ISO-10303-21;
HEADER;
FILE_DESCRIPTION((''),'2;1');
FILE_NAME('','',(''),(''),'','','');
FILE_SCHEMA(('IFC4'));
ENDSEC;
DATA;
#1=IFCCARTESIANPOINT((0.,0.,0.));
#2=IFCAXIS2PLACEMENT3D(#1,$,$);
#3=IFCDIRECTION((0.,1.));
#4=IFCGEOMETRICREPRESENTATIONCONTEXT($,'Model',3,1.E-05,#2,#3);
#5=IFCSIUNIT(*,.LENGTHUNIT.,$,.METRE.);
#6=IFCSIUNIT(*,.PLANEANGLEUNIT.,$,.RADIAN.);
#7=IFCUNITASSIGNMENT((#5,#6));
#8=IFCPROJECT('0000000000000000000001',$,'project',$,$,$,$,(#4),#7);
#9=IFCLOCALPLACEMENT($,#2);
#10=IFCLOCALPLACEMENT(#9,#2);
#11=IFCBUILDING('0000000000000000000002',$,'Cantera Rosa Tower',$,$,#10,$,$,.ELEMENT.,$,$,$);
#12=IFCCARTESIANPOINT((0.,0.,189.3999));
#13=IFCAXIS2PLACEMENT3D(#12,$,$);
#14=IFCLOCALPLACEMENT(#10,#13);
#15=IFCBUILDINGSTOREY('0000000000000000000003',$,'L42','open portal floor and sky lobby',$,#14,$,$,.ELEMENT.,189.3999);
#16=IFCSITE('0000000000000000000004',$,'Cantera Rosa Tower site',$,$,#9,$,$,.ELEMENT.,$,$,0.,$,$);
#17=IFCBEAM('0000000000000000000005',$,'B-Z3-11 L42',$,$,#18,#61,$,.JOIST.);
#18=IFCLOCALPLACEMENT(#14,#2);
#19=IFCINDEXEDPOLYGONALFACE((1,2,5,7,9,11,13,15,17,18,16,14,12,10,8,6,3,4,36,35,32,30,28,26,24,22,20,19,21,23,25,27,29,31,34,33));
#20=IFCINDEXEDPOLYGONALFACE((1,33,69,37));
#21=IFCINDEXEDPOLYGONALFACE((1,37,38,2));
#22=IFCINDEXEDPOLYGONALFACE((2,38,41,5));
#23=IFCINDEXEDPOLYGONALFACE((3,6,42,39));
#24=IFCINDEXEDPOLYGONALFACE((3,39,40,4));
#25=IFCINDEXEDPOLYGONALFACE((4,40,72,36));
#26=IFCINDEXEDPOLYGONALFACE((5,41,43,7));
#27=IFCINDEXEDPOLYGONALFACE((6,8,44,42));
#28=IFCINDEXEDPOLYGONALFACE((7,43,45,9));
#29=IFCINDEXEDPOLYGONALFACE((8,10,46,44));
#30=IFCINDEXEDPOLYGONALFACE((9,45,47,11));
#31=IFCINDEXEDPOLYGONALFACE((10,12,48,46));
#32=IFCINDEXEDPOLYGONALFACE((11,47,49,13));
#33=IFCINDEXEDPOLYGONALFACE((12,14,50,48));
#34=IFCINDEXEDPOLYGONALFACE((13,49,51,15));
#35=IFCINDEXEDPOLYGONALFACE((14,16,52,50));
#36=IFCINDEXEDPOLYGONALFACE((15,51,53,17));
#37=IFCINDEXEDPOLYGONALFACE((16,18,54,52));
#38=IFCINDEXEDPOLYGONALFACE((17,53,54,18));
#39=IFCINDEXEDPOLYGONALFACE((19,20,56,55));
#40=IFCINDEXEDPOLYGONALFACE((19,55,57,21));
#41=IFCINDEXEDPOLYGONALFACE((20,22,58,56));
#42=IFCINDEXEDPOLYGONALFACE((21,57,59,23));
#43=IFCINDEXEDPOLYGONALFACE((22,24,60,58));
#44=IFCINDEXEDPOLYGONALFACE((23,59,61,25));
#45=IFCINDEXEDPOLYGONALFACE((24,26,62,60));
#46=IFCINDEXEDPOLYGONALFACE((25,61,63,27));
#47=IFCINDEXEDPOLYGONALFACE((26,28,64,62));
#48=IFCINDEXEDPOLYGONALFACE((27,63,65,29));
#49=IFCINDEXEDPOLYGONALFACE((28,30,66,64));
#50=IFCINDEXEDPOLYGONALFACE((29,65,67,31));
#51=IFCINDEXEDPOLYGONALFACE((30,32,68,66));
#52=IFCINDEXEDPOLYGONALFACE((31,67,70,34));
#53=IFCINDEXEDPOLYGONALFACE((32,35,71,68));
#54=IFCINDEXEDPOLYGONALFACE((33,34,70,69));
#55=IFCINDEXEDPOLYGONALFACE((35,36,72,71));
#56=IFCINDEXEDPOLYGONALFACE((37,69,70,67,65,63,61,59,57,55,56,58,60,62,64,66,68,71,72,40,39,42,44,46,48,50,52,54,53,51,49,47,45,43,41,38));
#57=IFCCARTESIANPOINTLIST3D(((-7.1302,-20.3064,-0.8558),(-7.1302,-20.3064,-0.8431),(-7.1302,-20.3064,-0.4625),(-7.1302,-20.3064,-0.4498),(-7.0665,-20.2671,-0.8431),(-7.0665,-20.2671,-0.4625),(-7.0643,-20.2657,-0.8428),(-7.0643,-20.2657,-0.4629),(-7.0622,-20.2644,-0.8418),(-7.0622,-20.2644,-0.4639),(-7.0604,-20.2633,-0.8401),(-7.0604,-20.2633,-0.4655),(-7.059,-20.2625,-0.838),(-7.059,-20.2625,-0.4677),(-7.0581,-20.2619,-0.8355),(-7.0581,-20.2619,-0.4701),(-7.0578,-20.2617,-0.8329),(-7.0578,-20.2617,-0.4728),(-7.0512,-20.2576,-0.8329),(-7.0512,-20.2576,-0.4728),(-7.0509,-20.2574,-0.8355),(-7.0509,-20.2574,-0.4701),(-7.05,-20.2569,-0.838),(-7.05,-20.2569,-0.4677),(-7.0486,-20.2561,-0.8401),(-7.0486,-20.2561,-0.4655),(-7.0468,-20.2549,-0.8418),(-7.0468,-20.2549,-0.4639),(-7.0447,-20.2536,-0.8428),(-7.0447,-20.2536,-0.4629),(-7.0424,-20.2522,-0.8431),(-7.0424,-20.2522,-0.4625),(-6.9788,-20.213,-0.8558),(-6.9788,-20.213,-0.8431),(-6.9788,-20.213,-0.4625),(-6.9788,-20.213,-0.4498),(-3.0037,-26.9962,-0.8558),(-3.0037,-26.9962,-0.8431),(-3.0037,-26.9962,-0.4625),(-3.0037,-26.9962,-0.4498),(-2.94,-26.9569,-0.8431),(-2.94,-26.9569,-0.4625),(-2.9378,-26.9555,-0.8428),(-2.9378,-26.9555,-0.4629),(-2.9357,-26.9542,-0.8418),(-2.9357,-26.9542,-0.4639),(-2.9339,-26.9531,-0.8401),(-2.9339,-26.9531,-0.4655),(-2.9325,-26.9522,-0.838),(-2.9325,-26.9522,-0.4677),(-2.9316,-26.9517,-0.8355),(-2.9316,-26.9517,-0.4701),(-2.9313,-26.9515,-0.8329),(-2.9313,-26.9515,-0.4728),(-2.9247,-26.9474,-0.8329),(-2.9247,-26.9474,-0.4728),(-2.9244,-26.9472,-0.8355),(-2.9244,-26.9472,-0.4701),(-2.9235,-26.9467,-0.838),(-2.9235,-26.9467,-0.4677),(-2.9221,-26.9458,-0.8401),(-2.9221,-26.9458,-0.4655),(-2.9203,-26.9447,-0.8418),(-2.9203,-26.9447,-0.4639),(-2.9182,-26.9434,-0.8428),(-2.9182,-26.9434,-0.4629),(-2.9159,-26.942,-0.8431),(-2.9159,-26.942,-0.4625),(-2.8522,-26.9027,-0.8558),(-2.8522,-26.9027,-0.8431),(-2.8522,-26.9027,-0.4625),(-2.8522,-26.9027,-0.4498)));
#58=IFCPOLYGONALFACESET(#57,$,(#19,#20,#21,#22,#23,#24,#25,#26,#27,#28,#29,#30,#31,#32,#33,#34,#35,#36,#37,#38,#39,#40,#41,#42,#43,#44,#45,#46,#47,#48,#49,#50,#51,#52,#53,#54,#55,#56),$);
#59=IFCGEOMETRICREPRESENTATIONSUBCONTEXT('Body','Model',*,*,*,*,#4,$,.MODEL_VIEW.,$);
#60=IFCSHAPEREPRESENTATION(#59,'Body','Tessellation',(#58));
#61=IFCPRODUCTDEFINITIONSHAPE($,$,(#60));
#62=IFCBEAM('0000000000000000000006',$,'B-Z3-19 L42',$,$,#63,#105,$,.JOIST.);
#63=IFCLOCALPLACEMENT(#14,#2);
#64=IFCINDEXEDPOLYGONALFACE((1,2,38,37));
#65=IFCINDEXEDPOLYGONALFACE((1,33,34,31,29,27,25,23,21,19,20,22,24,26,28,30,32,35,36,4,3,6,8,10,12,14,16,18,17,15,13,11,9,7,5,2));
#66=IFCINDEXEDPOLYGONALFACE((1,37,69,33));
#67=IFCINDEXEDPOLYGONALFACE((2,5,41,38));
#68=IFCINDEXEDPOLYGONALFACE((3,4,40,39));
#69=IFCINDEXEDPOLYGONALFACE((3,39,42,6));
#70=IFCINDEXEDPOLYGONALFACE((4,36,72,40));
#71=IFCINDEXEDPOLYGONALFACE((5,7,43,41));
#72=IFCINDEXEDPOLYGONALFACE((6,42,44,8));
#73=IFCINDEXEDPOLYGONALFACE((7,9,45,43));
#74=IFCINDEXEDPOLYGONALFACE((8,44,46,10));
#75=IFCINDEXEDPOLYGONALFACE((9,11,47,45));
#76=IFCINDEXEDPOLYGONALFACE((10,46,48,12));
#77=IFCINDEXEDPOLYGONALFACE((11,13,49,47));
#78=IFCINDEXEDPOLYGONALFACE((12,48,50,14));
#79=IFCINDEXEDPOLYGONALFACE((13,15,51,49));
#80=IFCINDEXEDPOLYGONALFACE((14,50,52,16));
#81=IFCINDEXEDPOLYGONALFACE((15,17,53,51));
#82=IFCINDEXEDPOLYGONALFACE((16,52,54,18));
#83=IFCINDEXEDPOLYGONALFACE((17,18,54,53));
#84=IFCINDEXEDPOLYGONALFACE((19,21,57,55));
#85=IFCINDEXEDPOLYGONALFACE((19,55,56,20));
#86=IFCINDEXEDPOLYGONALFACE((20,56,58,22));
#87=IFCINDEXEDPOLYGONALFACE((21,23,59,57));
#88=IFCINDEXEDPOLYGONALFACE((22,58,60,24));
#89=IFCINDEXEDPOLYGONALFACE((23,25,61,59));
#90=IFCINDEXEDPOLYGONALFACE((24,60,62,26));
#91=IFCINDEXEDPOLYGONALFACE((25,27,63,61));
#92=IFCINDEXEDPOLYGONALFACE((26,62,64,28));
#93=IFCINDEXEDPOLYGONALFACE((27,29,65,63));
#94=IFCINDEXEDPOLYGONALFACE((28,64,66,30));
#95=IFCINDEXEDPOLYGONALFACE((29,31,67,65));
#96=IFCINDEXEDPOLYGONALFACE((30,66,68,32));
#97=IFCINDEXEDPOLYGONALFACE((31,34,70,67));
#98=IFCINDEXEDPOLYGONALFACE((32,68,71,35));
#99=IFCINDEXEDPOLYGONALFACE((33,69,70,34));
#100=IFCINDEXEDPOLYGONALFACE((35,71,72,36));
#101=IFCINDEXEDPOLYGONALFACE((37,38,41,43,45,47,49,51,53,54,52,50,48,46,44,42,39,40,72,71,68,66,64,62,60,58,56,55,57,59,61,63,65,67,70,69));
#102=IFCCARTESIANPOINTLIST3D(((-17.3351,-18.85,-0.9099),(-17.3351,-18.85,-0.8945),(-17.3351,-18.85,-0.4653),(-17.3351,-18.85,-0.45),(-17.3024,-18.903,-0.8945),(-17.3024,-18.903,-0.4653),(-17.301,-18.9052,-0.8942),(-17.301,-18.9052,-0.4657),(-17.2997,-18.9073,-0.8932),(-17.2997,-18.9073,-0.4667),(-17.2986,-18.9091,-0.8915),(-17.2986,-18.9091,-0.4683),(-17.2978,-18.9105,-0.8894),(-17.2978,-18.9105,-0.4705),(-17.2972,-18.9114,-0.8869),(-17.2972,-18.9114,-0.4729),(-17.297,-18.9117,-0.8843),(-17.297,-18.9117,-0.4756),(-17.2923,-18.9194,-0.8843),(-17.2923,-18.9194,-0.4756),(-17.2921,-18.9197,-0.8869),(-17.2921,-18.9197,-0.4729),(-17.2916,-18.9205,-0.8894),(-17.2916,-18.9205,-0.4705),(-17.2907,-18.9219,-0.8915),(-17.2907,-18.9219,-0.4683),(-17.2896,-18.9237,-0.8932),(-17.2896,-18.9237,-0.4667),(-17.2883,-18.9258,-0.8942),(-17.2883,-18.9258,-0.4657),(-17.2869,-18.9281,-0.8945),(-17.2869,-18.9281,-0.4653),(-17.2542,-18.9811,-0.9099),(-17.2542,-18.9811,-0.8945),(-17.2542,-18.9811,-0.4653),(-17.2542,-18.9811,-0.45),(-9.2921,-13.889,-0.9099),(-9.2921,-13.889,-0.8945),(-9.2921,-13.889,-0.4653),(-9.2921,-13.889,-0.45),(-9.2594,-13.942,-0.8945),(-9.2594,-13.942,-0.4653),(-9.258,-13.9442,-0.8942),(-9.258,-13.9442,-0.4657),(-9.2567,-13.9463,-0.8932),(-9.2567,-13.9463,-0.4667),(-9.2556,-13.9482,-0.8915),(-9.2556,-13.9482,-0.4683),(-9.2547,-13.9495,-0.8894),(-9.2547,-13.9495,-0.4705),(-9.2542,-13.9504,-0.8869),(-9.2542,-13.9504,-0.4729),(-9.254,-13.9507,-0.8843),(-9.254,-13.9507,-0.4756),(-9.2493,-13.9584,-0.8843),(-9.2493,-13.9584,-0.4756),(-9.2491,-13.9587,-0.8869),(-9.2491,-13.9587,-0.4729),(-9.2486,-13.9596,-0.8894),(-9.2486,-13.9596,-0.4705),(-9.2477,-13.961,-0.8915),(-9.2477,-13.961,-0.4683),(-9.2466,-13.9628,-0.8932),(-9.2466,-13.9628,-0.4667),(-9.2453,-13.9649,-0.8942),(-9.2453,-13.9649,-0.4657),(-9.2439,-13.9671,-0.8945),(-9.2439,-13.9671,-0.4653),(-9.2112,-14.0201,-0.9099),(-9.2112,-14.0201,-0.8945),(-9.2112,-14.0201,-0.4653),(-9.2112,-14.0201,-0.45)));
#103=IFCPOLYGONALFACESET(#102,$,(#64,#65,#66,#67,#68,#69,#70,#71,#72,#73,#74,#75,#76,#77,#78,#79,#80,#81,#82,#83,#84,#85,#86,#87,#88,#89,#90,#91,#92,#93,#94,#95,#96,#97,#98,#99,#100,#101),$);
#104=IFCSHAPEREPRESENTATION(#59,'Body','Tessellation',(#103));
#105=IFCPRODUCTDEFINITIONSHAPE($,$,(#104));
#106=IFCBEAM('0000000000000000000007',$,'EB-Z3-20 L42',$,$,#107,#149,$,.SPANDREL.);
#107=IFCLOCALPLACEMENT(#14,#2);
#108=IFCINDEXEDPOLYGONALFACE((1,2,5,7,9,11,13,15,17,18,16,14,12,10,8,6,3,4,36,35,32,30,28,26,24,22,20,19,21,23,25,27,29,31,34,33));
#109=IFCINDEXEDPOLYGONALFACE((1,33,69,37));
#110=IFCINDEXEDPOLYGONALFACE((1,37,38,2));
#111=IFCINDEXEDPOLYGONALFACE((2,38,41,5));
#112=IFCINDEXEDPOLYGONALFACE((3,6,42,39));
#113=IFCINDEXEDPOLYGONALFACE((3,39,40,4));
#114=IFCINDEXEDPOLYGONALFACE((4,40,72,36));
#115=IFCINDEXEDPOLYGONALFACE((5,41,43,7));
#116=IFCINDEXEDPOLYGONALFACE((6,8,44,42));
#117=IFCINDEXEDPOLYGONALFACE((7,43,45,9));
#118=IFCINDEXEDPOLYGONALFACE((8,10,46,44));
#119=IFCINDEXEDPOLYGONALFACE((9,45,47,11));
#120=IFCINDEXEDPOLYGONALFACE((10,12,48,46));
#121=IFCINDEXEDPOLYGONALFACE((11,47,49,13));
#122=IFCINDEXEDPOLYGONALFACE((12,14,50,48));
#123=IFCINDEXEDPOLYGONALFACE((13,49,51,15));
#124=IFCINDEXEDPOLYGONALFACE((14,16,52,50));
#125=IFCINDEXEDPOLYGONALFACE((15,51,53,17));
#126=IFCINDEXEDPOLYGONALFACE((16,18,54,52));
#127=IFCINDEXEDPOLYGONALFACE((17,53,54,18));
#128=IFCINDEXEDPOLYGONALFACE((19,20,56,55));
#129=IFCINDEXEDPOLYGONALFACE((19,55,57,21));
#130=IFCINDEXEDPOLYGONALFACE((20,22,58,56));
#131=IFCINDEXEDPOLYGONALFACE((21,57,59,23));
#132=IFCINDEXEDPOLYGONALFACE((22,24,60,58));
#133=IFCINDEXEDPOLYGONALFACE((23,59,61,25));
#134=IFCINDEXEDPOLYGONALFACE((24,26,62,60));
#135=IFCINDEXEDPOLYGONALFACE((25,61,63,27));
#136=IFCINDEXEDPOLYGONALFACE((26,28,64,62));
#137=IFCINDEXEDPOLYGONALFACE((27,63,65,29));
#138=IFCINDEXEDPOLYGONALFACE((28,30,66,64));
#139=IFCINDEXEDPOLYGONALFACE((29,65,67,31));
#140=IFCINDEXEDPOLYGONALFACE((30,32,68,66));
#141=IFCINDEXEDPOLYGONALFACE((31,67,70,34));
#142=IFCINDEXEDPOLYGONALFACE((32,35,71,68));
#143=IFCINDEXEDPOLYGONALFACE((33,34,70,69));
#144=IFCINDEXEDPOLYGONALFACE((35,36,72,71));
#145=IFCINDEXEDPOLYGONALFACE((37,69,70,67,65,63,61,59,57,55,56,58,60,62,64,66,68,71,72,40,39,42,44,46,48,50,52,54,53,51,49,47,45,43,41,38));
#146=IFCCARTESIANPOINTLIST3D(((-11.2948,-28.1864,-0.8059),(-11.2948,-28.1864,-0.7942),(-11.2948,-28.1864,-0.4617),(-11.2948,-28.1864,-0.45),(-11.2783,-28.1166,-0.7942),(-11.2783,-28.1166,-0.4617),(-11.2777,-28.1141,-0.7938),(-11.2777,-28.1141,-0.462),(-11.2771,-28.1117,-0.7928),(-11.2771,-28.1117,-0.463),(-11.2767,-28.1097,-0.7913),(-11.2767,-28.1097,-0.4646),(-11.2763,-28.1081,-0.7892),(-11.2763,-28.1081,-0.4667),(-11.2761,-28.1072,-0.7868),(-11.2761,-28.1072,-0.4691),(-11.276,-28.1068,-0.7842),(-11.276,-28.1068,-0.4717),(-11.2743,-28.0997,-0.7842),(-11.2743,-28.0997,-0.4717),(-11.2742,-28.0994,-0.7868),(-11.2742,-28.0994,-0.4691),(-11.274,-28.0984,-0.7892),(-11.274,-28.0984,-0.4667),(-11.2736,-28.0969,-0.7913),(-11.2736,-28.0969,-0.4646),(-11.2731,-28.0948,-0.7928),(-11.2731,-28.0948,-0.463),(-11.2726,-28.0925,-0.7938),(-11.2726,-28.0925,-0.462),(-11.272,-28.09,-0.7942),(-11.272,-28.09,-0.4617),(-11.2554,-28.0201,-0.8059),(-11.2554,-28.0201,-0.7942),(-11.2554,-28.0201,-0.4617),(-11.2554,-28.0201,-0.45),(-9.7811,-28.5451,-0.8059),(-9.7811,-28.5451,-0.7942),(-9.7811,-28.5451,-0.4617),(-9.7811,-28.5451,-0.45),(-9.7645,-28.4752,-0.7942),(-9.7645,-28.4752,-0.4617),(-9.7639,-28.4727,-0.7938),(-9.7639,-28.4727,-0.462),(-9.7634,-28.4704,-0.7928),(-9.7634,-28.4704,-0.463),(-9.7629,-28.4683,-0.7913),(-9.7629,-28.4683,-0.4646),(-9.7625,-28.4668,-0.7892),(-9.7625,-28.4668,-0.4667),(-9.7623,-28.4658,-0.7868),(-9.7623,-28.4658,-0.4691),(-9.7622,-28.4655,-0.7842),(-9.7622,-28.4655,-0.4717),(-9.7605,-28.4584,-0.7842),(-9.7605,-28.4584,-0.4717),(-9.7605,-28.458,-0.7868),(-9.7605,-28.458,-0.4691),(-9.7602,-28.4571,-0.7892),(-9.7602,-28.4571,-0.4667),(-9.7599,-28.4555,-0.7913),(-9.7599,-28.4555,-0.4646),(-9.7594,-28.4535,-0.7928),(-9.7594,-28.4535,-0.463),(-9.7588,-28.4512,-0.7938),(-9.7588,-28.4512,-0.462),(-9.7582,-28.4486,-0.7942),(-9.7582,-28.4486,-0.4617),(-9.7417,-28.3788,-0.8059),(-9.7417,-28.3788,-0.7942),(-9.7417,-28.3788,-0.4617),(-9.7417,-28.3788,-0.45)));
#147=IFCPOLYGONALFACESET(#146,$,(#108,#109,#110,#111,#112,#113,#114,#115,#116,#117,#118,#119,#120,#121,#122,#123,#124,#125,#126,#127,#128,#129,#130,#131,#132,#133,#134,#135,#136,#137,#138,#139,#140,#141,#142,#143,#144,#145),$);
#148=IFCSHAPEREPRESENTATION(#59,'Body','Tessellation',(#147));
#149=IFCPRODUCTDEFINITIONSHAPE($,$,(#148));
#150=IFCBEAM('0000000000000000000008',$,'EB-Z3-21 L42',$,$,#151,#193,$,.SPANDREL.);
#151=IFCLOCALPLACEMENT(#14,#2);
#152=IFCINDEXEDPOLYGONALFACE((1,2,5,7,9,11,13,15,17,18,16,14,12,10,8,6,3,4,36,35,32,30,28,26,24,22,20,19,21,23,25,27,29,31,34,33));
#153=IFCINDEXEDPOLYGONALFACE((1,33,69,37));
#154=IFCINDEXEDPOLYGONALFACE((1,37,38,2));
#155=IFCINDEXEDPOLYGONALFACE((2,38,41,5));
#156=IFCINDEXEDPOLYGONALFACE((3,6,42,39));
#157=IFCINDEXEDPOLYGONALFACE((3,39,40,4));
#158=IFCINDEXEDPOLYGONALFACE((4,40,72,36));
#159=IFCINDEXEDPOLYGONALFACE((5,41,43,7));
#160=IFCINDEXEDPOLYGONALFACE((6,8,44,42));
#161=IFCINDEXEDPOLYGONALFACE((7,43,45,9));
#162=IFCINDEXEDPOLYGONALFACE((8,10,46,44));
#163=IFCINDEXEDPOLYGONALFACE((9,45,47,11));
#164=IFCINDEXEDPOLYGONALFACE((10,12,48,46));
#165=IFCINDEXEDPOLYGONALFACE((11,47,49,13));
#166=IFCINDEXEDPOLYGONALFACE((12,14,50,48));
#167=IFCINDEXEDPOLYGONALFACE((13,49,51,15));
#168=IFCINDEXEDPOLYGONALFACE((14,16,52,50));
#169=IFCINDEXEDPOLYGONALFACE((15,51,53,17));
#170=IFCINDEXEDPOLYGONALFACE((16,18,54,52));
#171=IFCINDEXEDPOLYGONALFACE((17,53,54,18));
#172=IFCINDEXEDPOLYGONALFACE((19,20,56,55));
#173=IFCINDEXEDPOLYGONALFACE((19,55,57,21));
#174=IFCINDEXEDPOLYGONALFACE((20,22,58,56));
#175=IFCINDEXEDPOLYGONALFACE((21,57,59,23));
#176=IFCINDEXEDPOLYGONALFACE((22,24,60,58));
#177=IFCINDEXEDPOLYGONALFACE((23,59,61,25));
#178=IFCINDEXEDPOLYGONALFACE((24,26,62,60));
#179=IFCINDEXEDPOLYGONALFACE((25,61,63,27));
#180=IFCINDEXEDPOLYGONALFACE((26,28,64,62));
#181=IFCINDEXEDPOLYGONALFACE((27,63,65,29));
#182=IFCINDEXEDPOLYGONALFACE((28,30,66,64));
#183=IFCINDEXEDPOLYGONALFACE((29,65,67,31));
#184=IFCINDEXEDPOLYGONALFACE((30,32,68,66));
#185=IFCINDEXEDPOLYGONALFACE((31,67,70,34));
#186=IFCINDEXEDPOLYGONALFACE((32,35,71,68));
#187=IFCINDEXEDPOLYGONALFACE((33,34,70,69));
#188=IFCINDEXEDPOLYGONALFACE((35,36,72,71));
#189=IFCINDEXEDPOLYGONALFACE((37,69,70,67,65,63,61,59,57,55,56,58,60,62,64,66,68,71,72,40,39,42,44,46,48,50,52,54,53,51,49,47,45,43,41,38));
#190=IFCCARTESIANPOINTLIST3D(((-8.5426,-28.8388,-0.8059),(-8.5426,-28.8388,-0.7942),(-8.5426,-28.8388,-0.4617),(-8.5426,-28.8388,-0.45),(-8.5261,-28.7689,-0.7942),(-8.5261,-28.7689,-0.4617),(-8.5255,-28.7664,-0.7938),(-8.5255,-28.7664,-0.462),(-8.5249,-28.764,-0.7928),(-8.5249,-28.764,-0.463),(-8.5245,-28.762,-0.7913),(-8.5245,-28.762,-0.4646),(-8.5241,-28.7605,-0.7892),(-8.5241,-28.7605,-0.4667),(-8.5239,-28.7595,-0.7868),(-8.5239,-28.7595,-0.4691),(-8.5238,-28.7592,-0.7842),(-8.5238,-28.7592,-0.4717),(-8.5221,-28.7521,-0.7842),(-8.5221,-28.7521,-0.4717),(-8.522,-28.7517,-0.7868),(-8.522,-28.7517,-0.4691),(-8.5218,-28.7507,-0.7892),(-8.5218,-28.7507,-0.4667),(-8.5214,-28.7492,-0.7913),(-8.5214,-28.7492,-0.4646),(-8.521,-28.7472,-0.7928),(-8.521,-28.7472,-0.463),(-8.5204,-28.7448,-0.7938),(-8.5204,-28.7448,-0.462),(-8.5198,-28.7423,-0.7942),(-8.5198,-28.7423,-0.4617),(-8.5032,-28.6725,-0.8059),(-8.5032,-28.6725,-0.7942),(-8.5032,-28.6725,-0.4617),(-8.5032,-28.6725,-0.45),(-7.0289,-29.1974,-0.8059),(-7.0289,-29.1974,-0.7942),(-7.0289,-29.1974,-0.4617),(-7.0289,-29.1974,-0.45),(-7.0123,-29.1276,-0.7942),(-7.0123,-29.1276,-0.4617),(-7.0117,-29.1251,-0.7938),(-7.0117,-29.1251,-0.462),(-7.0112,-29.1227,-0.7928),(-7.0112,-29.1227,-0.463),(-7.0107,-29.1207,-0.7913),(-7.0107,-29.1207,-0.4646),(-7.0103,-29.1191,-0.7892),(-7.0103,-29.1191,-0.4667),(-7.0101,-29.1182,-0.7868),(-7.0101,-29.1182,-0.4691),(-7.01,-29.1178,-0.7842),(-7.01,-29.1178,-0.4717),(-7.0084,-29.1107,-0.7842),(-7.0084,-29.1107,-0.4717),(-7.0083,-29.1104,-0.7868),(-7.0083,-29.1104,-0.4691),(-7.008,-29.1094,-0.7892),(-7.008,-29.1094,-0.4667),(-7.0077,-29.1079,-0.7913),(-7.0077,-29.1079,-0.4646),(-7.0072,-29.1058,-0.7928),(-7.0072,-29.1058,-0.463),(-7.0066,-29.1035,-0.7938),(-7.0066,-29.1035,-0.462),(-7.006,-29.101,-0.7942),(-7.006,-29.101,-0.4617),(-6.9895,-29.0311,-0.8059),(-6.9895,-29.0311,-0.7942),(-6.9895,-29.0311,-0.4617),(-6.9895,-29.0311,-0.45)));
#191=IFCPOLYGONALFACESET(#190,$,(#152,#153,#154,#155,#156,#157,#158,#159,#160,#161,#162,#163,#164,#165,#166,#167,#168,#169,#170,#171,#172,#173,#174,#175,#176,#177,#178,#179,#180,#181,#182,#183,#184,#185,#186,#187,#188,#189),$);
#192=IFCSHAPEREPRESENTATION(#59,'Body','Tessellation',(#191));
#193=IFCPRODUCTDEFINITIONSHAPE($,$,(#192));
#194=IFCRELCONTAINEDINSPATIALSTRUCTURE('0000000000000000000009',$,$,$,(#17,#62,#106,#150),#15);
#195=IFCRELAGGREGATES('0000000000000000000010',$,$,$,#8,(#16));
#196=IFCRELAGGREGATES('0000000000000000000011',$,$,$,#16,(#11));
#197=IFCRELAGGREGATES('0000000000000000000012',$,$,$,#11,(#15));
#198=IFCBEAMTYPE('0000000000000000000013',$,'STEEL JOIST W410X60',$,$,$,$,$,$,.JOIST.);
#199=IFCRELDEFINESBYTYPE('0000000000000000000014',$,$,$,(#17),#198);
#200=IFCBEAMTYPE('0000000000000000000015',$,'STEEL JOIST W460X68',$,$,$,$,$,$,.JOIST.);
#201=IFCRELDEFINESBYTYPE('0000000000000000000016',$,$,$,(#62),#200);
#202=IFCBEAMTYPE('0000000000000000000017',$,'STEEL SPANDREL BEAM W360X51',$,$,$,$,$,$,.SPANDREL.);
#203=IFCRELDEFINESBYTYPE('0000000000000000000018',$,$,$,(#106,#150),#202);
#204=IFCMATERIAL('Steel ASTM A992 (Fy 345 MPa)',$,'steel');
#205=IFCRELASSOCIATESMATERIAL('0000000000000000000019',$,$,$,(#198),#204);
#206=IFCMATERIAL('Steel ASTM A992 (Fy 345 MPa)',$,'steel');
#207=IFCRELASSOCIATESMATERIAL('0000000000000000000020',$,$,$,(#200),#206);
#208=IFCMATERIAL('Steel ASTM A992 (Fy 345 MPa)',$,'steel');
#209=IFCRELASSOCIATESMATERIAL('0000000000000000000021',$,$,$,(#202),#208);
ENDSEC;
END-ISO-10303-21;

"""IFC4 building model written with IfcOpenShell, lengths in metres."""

from ifc_helpers import new_model, si_unit, direction, frame, origin, origin_2d, place, context, subcontext, project, spatial, i_section, extrude, material, material_profile, profile_set, type_object, element, save


model = new_model("IFC4")

# Units and contexts
model_context = context("Model", 3, precision=1e-05, world=origin(), true_north=direction((0.0, 1.0)))
body_context = subcontext(model_context, "Body", "Model", "MODEL_VIEW")
ifc_project = project(units=[si_unit("LENGTHUNIT", "METRE"), si_unit("PLANEANGLEUNIT", "RADIAN")], contexts=[model_context])

# Site, building, storey
site_placement = place(None, origin())
site = spatial("IfcSite", under=ifc_project, at=site_placement, Name="Cantera Rosa Tower site", CompositionType="ELEMENT", RefElevation=0.0)
building_placement = place(site_placement, origin())
building = spatial("IfcBuilding", under=site, at=building_placement, Name="Cantera Rosa Tower", CompositionType="ELEMENT")
storey_placement = place(building_placement, frame((0.0, 0.0, 189.3999)))
storey = spatial("IfcBuildingStorey", under=building, at=storey_placement, Name="L42", Description="open portal floor and sky lobby", CompositionType="ELEMENT", Elevation=189.3999)

# Beams
ifc_material_1 = material(Name="Steel ASTM A992 (Fy 345 MPa)", Category="steel")
ifc_material_profile_1 = material_profile(ifc_material_1, i_section(OverallWidth=0.178, OverallDepth=0.406, WebThickness=0.0078, FlangeThickness=0.0127, FilletRadius=0.0103, at=origin_2d()), Name="W410X60")
ifc_profile_set_1 = profile_set([ifc_material_profile_1], Name="Steel ASTM A992 (Fy 345 MPa)")
beam_type_1 = type_object("IfcBeamType", Name="STEEL JOIST W410X60", PredefinedType="JOIST", material=ifc_profile_set_1)
beam_1_placement = place(storey_placement, frame((-2.928, -26.9495, -0.6528), z_axis=(-0.524995, 0.851105, 0.0), x_axis=(-0.851105, -0.524995, 0.0)))
element("IfcBeam", 1, at=beam_1_placement, inside=storey, type_object=beam_type_1, Name="B-Z3-11 L42", PredefinedType="JOIST", context=body_context, shape_type="SweptSolid", body=[
    extrude(i_section(OverallWidth=0.178, OverallDepth=0.406, WebThickness=0.0078, FlangeThickness=0.0127, FilletRadius=0.0103, at=origin_2d()), origin(), (0.0, 0.0, 1.0), 7.8601),
])
ifc_material_2 = material(Name="Steel ASTM A992 (Fy 345 MPa)", Category="steel")
ifc_material_profile_2 = material_profile(ifc_material_2, i_section(OverallWidth=0.1541, OverallDepth=0.46, WebThickness=0.009, FlangeThickness=0.0154, FilletRadius=0.0103, at=origin_2d()), Name="W460X68")
ifc_profile_set_2 = profile_set([ifc_material_profile_2], Name="Steel ASTM A992 (Fy 345 MPa)")
beam_type_2 = type_object("IfcBeamType", Name="STEEL JOIST W460X68", PredefinedType="JOIST", material=ifc_profile_set_2)
beam_2_placement = place(storey_placement, frame((-17.2947, -18.9155, -0.6799), z_axis=(0.851119, 0.524974, 0.0), x_axis=(-0.524974, 0.851119, 0.0)))
element("IfcBeam", 2, at=beam_2_placement, inside=storey, type_object=beam_type_2, Name="B-Z3-19 L42", PredefinedType="JOIST", context=body_context, shape_type="SweptSolid", body=[
    extrude(i_section(OverallWidth=0.1541, OverallDepth=0.46, WebThickness=0.009, FlangeThickness=0.0154, FilletRadius=0.0103, at=origin_2d()), origin(), (0.0, 0.0, 1.0), 9.45),
])
ifc_material_3 = material(Name="Steel ASTM A992 (Fy 345 MPa)", Category="steel")
ifc_material_profile_3 = material_profile(ifc_material_3, i_section(OverallWidth=0.1709, OverallDepth=0.356, WebThickness=0.0073, FlangeThickness=0.0117, FilletRadius=0.01, at=origin_2d()), Name="W360X51")
ifc_profile_set_3 = profile_set([ifc_material_profile_3], Name="Steel ASTM A992 (Fy 345 MPa)")
beam_type_3 = type_object("IfcBeamType", Name="STEEL SPANDREL BEAM W360X51", PredefinedType="SPANDREL", material=ifc_profile_set_3)
for number, where, z_axis, x_axis, name in (
    (3, (-11.2751, -28.1033, -0.6279), (0.97306, -0.230552, 0.0), (0.230552, 0.97306, 0.0), "EB-Z3-20 L42"),
    (4, (-8.5229, -28.7556, -0.6279), (0.97306, -0.230552, 0.0), (0.230552, 0.97306, 0.0), "EB-Z3-21 L42"),
):
    element("IfcBeam", number, at=place(storey_placement, frame(where, z_axis=z_axis, x_axis=x_axis)), inside=storey, type_object=beam_type_3, Name=name, PredefinedType="SPANDREL", context=body_context, shape_type="SweptSolid", body=[
        extrude(i_section(OverallWidth=0.1709, OverallDepth=0.356, WebThickness=0.0073, FlangeThickness=0.0117, FilletRadius=0.01, at=origin_2d()), origin(), (0.0, 0.0, 1.0), 1.5557),
    ])

save(model, "model.ifc")
